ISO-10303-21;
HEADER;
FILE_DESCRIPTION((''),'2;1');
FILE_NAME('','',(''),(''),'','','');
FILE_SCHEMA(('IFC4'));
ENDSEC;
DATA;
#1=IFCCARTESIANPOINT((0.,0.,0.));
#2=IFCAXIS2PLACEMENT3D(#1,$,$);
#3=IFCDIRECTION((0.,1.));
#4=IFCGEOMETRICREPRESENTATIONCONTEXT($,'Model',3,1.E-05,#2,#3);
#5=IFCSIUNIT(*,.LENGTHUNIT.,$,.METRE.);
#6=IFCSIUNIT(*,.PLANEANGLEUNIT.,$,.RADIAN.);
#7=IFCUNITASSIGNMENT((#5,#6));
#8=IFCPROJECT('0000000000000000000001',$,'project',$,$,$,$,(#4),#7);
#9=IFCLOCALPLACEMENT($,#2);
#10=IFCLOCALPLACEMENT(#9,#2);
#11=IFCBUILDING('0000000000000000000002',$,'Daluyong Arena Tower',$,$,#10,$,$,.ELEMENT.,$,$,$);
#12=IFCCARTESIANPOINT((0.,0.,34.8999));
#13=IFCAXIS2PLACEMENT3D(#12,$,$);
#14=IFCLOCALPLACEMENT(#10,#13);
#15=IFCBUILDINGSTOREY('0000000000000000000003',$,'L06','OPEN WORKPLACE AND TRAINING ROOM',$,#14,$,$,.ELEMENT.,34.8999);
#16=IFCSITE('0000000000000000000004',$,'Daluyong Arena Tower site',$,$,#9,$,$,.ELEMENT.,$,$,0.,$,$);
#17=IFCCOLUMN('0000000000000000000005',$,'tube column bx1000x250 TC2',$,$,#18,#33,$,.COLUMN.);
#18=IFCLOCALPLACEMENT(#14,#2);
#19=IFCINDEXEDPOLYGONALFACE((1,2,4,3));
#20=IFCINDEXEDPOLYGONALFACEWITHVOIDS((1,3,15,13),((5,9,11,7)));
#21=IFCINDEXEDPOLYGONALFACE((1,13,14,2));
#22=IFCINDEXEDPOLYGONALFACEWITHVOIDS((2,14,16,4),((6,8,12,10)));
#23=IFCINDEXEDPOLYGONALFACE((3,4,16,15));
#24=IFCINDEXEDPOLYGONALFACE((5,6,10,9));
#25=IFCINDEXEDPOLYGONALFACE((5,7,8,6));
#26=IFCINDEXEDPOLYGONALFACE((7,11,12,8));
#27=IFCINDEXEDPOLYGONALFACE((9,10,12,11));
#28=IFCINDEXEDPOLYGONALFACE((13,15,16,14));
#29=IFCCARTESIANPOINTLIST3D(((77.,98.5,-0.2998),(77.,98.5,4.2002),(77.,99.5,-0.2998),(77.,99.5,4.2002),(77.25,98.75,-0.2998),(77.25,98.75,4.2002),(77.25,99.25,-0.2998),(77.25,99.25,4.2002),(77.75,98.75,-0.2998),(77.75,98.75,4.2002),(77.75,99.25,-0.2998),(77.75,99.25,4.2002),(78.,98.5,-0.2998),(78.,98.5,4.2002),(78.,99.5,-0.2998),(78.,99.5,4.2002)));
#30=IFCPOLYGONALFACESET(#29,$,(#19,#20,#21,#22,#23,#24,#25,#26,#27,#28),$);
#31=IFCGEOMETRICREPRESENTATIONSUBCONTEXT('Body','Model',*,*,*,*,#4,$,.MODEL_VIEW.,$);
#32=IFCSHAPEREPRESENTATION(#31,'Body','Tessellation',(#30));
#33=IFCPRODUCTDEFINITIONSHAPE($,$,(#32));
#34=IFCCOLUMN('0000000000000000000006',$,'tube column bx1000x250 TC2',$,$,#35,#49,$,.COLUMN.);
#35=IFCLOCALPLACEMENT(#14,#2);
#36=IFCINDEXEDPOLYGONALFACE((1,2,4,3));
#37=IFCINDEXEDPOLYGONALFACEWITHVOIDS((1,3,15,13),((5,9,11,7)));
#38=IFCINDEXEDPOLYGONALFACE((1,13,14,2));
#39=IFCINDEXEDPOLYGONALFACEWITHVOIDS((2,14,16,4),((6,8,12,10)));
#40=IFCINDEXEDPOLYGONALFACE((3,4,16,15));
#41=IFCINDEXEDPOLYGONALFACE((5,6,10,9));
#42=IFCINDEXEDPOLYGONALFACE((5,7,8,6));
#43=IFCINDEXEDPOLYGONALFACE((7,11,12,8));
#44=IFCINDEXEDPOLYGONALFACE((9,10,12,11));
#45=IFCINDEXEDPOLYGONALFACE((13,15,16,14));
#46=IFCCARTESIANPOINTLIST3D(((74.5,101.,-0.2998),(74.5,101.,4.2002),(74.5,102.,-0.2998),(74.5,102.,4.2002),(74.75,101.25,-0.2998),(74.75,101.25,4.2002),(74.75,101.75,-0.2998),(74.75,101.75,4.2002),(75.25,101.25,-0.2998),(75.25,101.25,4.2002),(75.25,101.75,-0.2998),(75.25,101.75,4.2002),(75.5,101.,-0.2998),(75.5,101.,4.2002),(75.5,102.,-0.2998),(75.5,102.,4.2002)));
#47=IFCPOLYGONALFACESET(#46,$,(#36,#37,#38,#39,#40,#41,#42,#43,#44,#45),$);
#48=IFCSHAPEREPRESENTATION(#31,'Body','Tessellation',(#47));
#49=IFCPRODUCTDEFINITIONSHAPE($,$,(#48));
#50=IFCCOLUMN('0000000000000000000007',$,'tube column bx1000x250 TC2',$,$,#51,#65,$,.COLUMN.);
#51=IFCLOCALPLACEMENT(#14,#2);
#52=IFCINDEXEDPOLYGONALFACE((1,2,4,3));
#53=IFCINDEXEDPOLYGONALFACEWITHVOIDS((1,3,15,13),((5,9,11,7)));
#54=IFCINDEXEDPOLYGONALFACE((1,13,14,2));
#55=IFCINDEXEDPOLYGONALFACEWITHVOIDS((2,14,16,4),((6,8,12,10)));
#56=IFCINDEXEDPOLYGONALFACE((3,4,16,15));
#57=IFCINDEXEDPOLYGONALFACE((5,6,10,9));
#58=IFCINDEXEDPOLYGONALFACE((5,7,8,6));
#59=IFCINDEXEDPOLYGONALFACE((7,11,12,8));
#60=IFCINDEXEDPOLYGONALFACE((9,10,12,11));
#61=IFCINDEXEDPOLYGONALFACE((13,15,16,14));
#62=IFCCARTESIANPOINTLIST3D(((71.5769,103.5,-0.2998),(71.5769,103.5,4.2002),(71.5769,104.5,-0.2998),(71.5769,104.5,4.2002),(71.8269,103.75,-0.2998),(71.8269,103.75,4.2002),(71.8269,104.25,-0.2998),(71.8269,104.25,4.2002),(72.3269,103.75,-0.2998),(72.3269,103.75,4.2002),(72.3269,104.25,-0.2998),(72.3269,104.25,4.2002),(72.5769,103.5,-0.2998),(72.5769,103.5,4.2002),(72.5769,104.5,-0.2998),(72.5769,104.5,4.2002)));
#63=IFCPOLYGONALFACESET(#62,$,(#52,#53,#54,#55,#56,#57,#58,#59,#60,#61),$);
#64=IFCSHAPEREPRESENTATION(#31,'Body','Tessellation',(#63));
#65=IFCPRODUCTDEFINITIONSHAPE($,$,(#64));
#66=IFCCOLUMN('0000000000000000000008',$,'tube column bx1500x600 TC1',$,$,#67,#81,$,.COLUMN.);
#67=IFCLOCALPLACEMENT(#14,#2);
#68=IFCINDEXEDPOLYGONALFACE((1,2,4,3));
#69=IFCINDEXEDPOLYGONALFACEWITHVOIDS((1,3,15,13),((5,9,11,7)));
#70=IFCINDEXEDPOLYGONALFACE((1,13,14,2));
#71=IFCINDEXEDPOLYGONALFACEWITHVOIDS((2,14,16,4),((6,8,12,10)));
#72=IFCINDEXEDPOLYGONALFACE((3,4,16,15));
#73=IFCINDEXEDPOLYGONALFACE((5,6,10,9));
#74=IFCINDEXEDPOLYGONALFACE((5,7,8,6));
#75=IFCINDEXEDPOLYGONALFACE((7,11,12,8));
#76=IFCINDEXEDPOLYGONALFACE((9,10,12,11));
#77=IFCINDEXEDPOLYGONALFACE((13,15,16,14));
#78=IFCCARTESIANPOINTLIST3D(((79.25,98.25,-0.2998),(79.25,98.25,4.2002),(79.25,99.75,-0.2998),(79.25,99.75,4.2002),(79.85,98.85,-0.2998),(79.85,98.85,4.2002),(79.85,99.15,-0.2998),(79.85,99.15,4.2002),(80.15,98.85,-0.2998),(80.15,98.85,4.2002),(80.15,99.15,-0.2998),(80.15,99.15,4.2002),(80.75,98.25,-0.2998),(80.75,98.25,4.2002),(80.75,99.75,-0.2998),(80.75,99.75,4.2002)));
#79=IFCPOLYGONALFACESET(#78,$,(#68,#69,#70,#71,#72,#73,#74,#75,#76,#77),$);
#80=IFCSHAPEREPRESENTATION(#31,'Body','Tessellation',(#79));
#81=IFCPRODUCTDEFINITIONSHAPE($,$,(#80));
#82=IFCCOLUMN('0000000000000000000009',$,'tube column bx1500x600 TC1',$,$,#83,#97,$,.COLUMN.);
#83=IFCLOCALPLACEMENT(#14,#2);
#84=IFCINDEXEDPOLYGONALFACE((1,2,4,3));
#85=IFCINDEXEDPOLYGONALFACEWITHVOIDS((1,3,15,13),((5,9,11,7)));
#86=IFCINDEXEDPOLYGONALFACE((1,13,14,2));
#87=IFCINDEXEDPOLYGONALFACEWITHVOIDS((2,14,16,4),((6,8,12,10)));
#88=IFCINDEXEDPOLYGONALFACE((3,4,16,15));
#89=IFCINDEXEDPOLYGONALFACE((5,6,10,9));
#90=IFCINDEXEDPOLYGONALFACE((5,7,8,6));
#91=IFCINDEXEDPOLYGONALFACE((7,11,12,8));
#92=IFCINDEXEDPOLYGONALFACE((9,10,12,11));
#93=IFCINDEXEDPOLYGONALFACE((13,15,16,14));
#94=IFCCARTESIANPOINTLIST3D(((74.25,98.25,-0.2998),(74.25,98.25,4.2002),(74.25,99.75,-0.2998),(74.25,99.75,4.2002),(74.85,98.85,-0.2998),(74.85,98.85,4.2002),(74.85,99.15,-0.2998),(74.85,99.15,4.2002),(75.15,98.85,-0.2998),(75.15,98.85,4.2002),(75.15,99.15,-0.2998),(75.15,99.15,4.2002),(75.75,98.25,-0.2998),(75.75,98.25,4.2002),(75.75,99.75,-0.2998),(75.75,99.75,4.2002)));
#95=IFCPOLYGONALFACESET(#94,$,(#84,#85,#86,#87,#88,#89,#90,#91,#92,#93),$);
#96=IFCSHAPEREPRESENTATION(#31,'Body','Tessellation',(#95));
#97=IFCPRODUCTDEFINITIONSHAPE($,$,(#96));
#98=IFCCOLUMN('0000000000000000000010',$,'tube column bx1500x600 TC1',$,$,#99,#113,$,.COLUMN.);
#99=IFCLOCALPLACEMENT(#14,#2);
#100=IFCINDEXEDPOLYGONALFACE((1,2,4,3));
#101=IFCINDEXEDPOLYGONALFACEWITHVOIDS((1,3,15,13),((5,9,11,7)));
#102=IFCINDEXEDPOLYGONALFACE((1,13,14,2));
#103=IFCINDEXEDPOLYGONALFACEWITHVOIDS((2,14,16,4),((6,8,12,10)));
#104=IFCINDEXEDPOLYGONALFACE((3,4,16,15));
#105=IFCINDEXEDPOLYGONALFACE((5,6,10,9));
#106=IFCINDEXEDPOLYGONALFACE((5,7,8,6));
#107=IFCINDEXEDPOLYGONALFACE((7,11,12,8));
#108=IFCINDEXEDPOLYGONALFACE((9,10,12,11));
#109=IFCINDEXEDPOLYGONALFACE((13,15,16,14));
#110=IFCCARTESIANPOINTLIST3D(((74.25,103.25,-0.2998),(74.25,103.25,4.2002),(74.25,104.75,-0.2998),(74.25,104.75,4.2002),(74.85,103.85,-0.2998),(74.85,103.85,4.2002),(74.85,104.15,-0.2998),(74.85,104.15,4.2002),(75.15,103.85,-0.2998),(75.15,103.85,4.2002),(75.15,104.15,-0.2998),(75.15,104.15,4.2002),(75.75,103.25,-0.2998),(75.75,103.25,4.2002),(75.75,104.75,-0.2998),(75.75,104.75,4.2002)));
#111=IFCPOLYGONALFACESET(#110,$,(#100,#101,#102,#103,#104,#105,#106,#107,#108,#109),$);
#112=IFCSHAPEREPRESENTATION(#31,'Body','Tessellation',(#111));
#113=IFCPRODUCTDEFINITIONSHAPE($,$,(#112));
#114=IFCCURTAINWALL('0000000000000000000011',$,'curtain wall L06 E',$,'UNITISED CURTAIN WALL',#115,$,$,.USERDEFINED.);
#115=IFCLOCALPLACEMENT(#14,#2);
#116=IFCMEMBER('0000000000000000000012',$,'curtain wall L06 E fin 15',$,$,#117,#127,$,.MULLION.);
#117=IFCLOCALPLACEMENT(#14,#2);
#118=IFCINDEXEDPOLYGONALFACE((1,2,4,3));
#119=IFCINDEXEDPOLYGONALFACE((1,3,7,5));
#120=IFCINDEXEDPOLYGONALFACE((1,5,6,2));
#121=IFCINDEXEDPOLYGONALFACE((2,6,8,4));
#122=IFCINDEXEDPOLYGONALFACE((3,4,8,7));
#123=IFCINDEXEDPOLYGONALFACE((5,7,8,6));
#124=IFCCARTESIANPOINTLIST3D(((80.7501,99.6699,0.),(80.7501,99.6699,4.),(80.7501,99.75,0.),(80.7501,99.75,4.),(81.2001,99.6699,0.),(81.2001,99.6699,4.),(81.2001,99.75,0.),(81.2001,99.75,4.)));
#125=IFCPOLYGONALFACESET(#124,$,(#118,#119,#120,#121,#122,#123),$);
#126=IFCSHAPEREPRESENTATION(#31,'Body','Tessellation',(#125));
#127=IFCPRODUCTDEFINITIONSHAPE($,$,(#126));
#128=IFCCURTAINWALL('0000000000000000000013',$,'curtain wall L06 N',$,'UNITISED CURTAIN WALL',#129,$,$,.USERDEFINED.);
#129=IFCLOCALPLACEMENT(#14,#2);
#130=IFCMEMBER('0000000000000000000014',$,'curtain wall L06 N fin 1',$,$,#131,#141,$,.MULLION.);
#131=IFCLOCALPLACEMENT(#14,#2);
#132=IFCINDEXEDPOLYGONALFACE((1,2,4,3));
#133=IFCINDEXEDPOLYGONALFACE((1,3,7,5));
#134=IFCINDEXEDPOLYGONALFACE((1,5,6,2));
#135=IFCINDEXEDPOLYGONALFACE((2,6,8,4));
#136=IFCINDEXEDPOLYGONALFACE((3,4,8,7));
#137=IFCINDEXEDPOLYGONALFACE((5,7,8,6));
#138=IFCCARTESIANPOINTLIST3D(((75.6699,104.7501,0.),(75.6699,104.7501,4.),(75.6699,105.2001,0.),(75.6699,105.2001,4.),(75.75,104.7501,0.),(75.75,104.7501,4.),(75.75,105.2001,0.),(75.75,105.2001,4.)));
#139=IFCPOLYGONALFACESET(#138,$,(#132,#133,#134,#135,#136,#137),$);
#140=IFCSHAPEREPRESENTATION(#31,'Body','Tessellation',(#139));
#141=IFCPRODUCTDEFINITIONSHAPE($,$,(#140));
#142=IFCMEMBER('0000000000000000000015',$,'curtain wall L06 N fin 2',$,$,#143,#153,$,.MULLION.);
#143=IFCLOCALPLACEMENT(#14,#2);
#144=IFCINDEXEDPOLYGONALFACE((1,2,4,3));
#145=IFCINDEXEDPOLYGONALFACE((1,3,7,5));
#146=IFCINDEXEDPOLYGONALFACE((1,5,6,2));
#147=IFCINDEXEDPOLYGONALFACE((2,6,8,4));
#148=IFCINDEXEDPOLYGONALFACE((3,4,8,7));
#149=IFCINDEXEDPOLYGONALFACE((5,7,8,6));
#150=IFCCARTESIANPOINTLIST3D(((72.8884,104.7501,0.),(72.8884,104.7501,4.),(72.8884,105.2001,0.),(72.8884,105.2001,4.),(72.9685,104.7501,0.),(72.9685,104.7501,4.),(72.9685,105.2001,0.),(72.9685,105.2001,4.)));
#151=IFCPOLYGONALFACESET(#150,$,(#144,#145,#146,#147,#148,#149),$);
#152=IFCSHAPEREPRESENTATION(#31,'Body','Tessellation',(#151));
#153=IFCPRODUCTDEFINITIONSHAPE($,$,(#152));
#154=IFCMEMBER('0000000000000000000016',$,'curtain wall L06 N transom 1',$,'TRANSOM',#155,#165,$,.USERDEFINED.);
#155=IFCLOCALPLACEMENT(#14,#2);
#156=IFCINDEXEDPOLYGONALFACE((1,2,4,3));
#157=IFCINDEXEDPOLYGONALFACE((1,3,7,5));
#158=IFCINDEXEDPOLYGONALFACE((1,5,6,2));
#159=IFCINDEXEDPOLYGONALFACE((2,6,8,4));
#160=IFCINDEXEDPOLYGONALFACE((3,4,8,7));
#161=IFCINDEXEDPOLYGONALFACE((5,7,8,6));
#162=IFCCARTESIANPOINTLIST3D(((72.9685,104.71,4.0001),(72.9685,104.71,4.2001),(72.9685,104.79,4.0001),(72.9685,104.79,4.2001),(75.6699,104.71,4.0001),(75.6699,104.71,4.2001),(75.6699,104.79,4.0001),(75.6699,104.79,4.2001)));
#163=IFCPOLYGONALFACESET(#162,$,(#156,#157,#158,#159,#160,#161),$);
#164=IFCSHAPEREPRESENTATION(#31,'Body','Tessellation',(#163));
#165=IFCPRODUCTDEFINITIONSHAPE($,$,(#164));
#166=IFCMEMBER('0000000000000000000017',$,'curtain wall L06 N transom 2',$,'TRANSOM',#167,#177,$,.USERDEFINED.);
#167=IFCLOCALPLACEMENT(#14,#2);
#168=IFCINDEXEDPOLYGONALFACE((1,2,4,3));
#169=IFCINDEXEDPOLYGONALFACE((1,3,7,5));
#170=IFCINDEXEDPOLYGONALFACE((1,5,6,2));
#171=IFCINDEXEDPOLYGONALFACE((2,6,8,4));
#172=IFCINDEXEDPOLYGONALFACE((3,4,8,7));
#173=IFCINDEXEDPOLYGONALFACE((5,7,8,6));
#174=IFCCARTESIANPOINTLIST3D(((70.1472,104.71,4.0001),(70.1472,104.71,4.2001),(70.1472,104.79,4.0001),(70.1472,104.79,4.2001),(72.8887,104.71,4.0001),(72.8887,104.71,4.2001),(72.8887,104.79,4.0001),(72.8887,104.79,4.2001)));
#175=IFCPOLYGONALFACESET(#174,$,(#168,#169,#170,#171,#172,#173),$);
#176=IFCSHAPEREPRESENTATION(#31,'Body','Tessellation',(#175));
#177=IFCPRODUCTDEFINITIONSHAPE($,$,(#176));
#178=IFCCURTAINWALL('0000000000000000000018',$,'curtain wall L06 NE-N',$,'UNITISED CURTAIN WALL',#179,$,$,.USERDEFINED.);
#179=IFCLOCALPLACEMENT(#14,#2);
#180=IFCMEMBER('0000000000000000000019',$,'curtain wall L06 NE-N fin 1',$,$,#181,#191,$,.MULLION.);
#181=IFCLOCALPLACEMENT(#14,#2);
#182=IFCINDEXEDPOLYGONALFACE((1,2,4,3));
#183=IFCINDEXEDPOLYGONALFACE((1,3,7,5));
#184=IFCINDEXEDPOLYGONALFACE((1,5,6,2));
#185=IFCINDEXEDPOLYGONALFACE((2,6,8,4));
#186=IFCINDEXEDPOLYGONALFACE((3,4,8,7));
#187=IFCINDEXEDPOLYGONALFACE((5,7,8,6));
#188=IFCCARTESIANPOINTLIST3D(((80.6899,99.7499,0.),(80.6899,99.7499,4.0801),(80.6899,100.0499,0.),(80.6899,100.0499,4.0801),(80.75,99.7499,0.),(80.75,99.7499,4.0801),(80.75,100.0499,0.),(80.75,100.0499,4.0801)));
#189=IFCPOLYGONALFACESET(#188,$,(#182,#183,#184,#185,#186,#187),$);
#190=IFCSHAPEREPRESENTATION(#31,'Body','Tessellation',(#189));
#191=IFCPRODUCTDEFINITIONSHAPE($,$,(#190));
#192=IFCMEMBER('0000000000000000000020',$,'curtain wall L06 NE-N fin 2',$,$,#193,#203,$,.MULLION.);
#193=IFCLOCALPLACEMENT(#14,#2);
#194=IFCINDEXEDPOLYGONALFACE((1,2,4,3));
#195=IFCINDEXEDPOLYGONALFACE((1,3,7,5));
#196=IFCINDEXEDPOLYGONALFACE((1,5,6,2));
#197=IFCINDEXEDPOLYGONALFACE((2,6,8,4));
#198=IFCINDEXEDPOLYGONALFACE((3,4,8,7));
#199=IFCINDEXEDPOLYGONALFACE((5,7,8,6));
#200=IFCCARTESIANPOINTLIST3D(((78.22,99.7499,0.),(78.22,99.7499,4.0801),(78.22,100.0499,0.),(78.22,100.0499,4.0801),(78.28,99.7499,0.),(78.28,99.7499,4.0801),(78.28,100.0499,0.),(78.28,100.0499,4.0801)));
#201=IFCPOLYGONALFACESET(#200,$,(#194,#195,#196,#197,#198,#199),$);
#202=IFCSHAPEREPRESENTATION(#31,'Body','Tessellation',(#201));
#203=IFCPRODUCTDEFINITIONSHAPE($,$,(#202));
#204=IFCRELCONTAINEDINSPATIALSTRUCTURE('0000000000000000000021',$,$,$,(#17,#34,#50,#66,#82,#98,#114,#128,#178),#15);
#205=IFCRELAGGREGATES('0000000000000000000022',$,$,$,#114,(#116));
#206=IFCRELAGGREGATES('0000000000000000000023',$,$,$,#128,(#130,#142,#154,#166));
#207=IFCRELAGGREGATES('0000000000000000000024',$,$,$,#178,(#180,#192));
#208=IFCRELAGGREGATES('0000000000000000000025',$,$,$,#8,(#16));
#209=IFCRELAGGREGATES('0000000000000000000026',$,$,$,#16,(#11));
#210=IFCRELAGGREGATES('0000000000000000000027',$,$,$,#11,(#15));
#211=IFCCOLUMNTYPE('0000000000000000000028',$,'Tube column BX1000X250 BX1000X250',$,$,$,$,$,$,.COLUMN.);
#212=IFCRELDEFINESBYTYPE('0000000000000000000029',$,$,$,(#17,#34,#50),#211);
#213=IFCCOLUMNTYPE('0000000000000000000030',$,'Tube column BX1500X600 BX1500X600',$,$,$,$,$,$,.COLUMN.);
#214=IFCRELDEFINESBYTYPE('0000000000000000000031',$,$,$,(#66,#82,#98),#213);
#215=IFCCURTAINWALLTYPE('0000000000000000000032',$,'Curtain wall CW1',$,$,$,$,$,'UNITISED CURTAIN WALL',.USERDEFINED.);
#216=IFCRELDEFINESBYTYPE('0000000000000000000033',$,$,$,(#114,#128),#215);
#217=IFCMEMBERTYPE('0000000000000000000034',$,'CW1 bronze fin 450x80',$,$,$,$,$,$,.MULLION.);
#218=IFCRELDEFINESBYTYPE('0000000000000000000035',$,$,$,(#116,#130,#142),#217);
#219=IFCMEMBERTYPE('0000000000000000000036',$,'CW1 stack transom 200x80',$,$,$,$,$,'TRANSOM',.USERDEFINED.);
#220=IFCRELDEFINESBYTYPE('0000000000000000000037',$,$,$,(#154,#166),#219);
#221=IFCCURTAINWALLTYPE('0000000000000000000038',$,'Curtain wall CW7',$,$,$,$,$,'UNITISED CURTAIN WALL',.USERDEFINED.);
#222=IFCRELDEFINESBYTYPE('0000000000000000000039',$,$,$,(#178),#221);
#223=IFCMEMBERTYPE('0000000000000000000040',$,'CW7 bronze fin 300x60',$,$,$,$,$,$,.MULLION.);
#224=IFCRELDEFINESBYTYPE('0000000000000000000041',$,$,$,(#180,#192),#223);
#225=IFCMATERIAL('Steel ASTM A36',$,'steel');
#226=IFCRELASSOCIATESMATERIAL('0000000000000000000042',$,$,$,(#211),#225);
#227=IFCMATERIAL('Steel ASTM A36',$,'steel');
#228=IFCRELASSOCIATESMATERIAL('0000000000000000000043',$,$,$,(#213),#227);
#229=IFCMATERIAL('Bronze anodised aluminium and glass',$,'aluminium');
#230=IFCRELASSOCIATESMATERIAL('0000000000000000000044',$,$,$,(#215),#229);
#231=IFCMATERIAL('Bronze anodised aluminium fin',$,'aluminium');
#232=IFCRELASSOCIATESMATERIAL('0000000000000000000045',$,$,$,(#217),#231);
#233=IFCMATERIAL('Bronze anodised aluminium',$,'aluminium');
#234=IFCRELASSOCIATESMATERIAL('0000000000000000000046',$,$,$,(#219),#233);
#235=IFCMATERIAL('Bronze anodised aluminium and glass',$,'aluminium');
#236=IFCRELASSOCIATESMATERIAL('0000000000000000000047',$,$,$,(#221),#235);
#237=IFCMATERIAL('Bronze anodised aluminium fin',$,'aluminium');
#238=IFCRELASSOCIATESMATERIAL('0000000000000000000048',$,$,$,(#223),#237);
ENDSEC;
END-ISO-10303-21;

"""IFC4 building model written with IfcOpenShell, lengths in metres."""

from ifc_helpers import new_model, si_unit, direction, frame, origin, origin_2d, place, context, subcontext, project, spatial, rectangle, hollow_rectangle, extrude, material, material_profile, profile_set, type_object, element, aggregate, save


model = new_model("IFC4")

# Units and contexts
model_context = context("Model", 3, precision=1e-05, world=origin(), true_north=direction((0.0, 1.0)))
body_context = subcontext(model_context, "Body", "Model", "MODEL_VIEW")
ifc_project = project(units=[si_unit("LENGTHUNIT", "METRE"), si_unit("PLANEANGLEUNIT", "RADIAN")], contexts=[model_context])

# Site, building, storey
site_placement = place(None, origin())
site = spatial("IfcSite", under=ifc_project, at=site_placement, Name="Daluyong Arena Tower site", CompositionType="ELEMENT", RefElevation=0.0)
building_placement = place(site_placement, origin())
building = spatial("IfcBuilding", under=site, at=building_placement, Name="Daluyong Arena Tower", CompositionType="ELEMENT")
storey_placement = place(building_placement, frame((0.0, 0.0, 34.8999)))
storey = spatial("IfcBuildingStorey", under=building, at=storey_placement, Name="L06", Description="OPEN WORKPLACE AND TRAINING ROOM", CompositionType="ELEMENT", Elevation=34.8999)

# Columns
ifc_material_1 = material(Name="Steel ASTM A36", Category="steel")
ifc_material_profile_1 = material_profile(ifc_material_1, hollow_rectangle(XDim=1.0, YDim=1.0, WallThickness=0.25, at=origin_2d()))
ifc_profile_set_1 = profile_set([ifc_material_profile_1], Name="Steel ASTM A36")
column_type_1 = type_object("IfcColumnType", Name="Tube column BX1000X250 BX1000X250", PredefinedType="COLUMN", material=ifc_profile_set_1)
for number, where, z_axis, x_axis, name in (
    (1, (77.5, 99.0, -0.2998), (0.0, 0.0, 1.0), (1.0, 0.0, 0.0), "tube column bx1000x250 TC2"),
    (2, (75.0, 101.5, -0.2998), (0.0, 0.0, 1.0), (0.0, 1.0, 0.0), "tube column bx1000x250 TC2"),
    (3, (72.0769, 104.0, -0.2998), (0.0, 0.0, 1.0), (1.0, 0.0, 0.0), "tube column bx1000x250 TC2"),
):
    element("IfcColumn", number, at=place(storey_placement, frame(where, z_axis=z_axis, x_axis=x_axis)), inside=storey, type_object=column_type_1, Name=name, PredefinedType="COLUMN", context=body_context, shape_type="SweptSolid", body=[
        extrude(hollow_rectangle(XDim=1.0, YDim=1.0, WallThickness=0.25, at=origin_2d()), origin(), (0.0, 0.0, 1.0), 4.5),
    ])
ifc_material_2 = material(Name="Steel ASTM A36", Category="steel")
ifc_material_profile_2 = material_profile(ifc_material_2, hollow_rectangle(XDim=1.5, YDim=1.5, WallThickness=0.6, at=origin_2d()))
ifc_profile_set_2 = profile_set([ifc_material_profile_2], Name="Steel ASTM A36")
column_type_2 = type_object("IfcColumnType", Name="Tube column BX1500X600 BX1500X600", PredefinedType="COLUMN", material=ifc_profile_set_2)
for number, where, z_axis, x_axis, name in (
    (4, (80.0, 99.0, -0.2998), (0.0, 0.0, 1.0), (1.0, 0.0, 0.0), "tube column bx1500x600 TC1"),
    (5, (75.0, 99.0, -0.2998), (0.0, 0.0, 1.0), (0.0, 1.0, 0.0), "tube column bx1500x600 TC1"),
    (6, (75.0, 104.0, -0.2998), (0.0, 0.0, 1.0), (1.0, 0.0, 0.0), "tube column bx1500x600 TC1"),
):
    element("IfcColumn", number, at=place(storey_placement, frame(where, z_axis=z_axis, x_axis=x_axis)), inside=storey, type_object=column_type_2, Name=name, PredefinedType="COLUMN", context=body_context, shape_type="SweptSolid", body=[
        extrude(hollow_rectangle(XDim=1.5, YDim=1.5, WallThickness=0.6, at=origin_2d()), origin(), (0.0, 0.0, 1.0), 4.5),
    ])

# Curtain wall, member
ifc_material_3 = material(Name="Bronze anodised aluminium and glass", Category="aluminium")
curtain_wall_type_1 = type_object("IfcCurtainWallType", Name="Curtain wall CW1", ElementType="UNITISED CURTAIN WALL", PredefinedType="USERDEFINED", material=ifc_material_3)
curtain_wall_1_placement = place(storey_placement, origin())
curtain_wall_1 = element("IfcCurtainWall", 7, at=curtain_wall_1_placement, inside=storey, type_object=curtain_wall_type_1, Name="curtain wall L06 E", ObjectType="UNITISED CURTAIN WALL", PredefinedType="USERDEFINED")
ifc_material_4 = material(Name="Bronze anodised aluminium fin", Category="aluminium")
ifc_material_profile_3 = material_profile(ifc_material_4, rectangle(XDim=0.45, YDim=0.0801, at=origin_2d()))
ifc_profile_set_3 = profile_set([ifc_material_profile_3], Name="Bronze anodised aluminium fin")
member_type_1 = type_object("IfcMemberType", Name="CW1 bronze fin 450x80", PredefinedType="MULLION", material=ifc_profile_set_3)
member_1_placement = place(storey_placement, frame((80.9751, 99.71, 0.0), z_axis=(0.0, 0.0, 1.0), x_axis=(-1.0, 0.0, 0.0)))
member_1 = element("IfcMember", 8, at=member_1_placement, type_object=member_type_1, Name="curtain wall L06 E fin 15", PredefinedType="MULLION", context=body_context, shape_type="SweptSolid", body=[
    extrude(rectangle(XDim=0.45, YDim=0.0801, at=origin_2d()), origin(), (0.0, 0.0, 1.0), 4.0),
])
aggregate(curtain_wall_1, [member_1])

# Curtain walls, members
curtain_wall_2_placement = place(storey_placement, origin())
curtain_wall_2 = element("IfcCurtainWall", 9, at=curtain_wall_2_placement, inside=storey, type_object=curtain_wall_type_1, Name="curtain wall L06 N", ObjectType="UNITISED CURTAIN WALL", PredefinedType="USERDEFINED")
member_2_placement = place(storey_placement, frame((75.71, 104.9751, 0.0), z_axis=(0.0, 0.0, 1.0), x_axis=(0.0, -1.0, 0.0)))
member_2 = element("IfcMember", 10, at=member_2_placement, type_object=member_type_1, Name="curtain wall L06 N fin 1", PredefinedType="MULLION", context=body_context, shape_type="SweptSolid", body=[
    extrude(rectangle(XDim=0.45, YDim=0.0801, at=origin_2d()), origin(), (0.0, 0.0, 1.0), 4.0),
])
member_3_placement = place(storey_placement, frame((72.9285, 104.9751, 0.0), z_axis=(0.0, 0.0, 1.0), x_axis=(0.0, -1.0, 0.0)))
member_3 = element("IfcMember", 11, at=member_3_placement, type_object=member_type_1, Name="curtain wall L06 N fin 2", PredefinedType="MULLION", context=body_context, shape_type="SweptSolid", body=[
    extrude(rectangle(XDim=0.45, YDim=0.0801, at=origin_2d()), origin(), (0.0, 0.0, 1.0), 4.0),
])
ifc_material_5 = material(Name="Bronze anodised aluminium", Category="aluminium")
ifc_material_profile_4 = material_profile(ifc_material_5, rectangle(XDim=0.0801, YDim=0.2, at=origin_2d()))
ifc_profile_set_4 = profile_set([ifc_material_profile_4], Name="Bronze anodised aluminium")
member_type_2 = type_object("IfcMemberType", Name="CW1 stack transom 200x80", ElementType="TRANSOM", PredefinedType="USERDEFINED", material=ifc_profile_set_4)
member_4_placement = place(storey_placement, frame((75.6699, 104.75, 4.1001), z_axis=(-1.0, 0.0, 0.0), x_axis=(0.0, -1.0, 0.0)))
member_4 = element("IfcMember", 12, at=member_4_placement, type_object=member_type_2, Name="curtain wall L06 N transom 1", ObjectType="TRANSOM", PredefinedType="USERDEFINED", context=body_context, shape_type="SweptSolid", body=[
    extrude(rectangle(XDim=0.0801, YDim=0.2, at=origin_2d()), origin(), (0.0, 0.0, 1.0), 2.7014),
])
member_5_placement = place(storey_placement, frame((72.8887, 104.75, 4.1001), z_axis=(-1.0, 0.0, 0.0), x_axis=(0.0, -1.0, 0.0)))
member_5 = element("IfcMember", 13, at=member_5_placement, type_object=member_type_2, Name="curtain wall L06 N transom 2", ObjectType="TRANSOM", PredefinedType="USERDEFINED", context=body_context, shape_type="SweptSolid", body=[
    extrude(rectangle(XDim=0.0801, YDim=0.2, at=origin_2d()), origin(), (0.0, 0.0, 1.0), 2.7415),
])
ifc_material_6 = material(Name="Bronze anodised aluminium and glass", Category="aluminium")
curtain_wall_type_2 = type_object("IfcCurtainWallType", Name="Curtain wall CW7", ElementType="UNITISED CURTAIN WALL", PredefinedType="USERDEFINED", material=ifc_material_6)
curtain_wall_3_placement = place(storey_placement, origin())
curtain_wall_3 = element("IfcCurtainWall", 14, at=curtain_wall_3_placement, inside=storey, type_object=curtain_wall_type_2, Name="curtain wall L06 NE-N", ObjectType="UNITISED CURTAIN WALL", PredefinedType="USERDEFINED")
ifc_material_7 = material(Name="Bronze anodised aluminium fin", Category="aluminium")
ifc_material_profile_5 = material_profile(ifc_material_7, rectangle(XDim=0.3, YDim=0.0601, at=origin_2d()))
ifc_profile_set_5 = profile_set([ifc_material_profile_5], Name="Bronze anodised aluminium fin")
member_type_3 = type_object("IfcMemberType", Name="CW7 bronze fin 300x60", PredefinedType="MULLION", material=ifc_profile_set_5)
member_6_placement = place(storey_placement, frame((80.72, 99.8999, 0.0), z_axis=(0.0, 0.0, 1.0), x_axis=(0.0, -1.0, 0.0)))
member_6 = element("IfcMember", 15, at=member_6_placement, type_object=member_type_3, Name="curtain wall L06 NE-N fin 1", PredefinedType="MULLION", context=body_context, shape_type="SweptSolid", body=[
    extrude(rectangle(XDim=0.3, YDim=0.0601, at=origin_2d()), origin(), (0.0, 0.0, 1.0), 4.0801),
])
member_7_placement = place(storey_placement, frame((78.25, 99.8999, 0.0), z_axis=(0.0, 0.0, 1.0), x_axis=(0.0, -1.0, 0.0)))
member_7 = element("IfcMember", 16, at=member_7_placement, type_object=member_type_3, Name="curtain wall L06 NE-N fin 2", PredefinedType="MULLION", context=body_context, shape_type="SweptSolid", body=[
    extrude(rectangle(XDim=0.3, YDim=0.0601, at=origin_2d()), origin(), (0.0, 0.0, 1.0), 4.0801),
])

aggregate(curtain_wall_2, [member_2, member_3, member_4, member_5])
aggregate(curtain_wall_3, [member_6, member_7])

save(model, "model.ifc")
